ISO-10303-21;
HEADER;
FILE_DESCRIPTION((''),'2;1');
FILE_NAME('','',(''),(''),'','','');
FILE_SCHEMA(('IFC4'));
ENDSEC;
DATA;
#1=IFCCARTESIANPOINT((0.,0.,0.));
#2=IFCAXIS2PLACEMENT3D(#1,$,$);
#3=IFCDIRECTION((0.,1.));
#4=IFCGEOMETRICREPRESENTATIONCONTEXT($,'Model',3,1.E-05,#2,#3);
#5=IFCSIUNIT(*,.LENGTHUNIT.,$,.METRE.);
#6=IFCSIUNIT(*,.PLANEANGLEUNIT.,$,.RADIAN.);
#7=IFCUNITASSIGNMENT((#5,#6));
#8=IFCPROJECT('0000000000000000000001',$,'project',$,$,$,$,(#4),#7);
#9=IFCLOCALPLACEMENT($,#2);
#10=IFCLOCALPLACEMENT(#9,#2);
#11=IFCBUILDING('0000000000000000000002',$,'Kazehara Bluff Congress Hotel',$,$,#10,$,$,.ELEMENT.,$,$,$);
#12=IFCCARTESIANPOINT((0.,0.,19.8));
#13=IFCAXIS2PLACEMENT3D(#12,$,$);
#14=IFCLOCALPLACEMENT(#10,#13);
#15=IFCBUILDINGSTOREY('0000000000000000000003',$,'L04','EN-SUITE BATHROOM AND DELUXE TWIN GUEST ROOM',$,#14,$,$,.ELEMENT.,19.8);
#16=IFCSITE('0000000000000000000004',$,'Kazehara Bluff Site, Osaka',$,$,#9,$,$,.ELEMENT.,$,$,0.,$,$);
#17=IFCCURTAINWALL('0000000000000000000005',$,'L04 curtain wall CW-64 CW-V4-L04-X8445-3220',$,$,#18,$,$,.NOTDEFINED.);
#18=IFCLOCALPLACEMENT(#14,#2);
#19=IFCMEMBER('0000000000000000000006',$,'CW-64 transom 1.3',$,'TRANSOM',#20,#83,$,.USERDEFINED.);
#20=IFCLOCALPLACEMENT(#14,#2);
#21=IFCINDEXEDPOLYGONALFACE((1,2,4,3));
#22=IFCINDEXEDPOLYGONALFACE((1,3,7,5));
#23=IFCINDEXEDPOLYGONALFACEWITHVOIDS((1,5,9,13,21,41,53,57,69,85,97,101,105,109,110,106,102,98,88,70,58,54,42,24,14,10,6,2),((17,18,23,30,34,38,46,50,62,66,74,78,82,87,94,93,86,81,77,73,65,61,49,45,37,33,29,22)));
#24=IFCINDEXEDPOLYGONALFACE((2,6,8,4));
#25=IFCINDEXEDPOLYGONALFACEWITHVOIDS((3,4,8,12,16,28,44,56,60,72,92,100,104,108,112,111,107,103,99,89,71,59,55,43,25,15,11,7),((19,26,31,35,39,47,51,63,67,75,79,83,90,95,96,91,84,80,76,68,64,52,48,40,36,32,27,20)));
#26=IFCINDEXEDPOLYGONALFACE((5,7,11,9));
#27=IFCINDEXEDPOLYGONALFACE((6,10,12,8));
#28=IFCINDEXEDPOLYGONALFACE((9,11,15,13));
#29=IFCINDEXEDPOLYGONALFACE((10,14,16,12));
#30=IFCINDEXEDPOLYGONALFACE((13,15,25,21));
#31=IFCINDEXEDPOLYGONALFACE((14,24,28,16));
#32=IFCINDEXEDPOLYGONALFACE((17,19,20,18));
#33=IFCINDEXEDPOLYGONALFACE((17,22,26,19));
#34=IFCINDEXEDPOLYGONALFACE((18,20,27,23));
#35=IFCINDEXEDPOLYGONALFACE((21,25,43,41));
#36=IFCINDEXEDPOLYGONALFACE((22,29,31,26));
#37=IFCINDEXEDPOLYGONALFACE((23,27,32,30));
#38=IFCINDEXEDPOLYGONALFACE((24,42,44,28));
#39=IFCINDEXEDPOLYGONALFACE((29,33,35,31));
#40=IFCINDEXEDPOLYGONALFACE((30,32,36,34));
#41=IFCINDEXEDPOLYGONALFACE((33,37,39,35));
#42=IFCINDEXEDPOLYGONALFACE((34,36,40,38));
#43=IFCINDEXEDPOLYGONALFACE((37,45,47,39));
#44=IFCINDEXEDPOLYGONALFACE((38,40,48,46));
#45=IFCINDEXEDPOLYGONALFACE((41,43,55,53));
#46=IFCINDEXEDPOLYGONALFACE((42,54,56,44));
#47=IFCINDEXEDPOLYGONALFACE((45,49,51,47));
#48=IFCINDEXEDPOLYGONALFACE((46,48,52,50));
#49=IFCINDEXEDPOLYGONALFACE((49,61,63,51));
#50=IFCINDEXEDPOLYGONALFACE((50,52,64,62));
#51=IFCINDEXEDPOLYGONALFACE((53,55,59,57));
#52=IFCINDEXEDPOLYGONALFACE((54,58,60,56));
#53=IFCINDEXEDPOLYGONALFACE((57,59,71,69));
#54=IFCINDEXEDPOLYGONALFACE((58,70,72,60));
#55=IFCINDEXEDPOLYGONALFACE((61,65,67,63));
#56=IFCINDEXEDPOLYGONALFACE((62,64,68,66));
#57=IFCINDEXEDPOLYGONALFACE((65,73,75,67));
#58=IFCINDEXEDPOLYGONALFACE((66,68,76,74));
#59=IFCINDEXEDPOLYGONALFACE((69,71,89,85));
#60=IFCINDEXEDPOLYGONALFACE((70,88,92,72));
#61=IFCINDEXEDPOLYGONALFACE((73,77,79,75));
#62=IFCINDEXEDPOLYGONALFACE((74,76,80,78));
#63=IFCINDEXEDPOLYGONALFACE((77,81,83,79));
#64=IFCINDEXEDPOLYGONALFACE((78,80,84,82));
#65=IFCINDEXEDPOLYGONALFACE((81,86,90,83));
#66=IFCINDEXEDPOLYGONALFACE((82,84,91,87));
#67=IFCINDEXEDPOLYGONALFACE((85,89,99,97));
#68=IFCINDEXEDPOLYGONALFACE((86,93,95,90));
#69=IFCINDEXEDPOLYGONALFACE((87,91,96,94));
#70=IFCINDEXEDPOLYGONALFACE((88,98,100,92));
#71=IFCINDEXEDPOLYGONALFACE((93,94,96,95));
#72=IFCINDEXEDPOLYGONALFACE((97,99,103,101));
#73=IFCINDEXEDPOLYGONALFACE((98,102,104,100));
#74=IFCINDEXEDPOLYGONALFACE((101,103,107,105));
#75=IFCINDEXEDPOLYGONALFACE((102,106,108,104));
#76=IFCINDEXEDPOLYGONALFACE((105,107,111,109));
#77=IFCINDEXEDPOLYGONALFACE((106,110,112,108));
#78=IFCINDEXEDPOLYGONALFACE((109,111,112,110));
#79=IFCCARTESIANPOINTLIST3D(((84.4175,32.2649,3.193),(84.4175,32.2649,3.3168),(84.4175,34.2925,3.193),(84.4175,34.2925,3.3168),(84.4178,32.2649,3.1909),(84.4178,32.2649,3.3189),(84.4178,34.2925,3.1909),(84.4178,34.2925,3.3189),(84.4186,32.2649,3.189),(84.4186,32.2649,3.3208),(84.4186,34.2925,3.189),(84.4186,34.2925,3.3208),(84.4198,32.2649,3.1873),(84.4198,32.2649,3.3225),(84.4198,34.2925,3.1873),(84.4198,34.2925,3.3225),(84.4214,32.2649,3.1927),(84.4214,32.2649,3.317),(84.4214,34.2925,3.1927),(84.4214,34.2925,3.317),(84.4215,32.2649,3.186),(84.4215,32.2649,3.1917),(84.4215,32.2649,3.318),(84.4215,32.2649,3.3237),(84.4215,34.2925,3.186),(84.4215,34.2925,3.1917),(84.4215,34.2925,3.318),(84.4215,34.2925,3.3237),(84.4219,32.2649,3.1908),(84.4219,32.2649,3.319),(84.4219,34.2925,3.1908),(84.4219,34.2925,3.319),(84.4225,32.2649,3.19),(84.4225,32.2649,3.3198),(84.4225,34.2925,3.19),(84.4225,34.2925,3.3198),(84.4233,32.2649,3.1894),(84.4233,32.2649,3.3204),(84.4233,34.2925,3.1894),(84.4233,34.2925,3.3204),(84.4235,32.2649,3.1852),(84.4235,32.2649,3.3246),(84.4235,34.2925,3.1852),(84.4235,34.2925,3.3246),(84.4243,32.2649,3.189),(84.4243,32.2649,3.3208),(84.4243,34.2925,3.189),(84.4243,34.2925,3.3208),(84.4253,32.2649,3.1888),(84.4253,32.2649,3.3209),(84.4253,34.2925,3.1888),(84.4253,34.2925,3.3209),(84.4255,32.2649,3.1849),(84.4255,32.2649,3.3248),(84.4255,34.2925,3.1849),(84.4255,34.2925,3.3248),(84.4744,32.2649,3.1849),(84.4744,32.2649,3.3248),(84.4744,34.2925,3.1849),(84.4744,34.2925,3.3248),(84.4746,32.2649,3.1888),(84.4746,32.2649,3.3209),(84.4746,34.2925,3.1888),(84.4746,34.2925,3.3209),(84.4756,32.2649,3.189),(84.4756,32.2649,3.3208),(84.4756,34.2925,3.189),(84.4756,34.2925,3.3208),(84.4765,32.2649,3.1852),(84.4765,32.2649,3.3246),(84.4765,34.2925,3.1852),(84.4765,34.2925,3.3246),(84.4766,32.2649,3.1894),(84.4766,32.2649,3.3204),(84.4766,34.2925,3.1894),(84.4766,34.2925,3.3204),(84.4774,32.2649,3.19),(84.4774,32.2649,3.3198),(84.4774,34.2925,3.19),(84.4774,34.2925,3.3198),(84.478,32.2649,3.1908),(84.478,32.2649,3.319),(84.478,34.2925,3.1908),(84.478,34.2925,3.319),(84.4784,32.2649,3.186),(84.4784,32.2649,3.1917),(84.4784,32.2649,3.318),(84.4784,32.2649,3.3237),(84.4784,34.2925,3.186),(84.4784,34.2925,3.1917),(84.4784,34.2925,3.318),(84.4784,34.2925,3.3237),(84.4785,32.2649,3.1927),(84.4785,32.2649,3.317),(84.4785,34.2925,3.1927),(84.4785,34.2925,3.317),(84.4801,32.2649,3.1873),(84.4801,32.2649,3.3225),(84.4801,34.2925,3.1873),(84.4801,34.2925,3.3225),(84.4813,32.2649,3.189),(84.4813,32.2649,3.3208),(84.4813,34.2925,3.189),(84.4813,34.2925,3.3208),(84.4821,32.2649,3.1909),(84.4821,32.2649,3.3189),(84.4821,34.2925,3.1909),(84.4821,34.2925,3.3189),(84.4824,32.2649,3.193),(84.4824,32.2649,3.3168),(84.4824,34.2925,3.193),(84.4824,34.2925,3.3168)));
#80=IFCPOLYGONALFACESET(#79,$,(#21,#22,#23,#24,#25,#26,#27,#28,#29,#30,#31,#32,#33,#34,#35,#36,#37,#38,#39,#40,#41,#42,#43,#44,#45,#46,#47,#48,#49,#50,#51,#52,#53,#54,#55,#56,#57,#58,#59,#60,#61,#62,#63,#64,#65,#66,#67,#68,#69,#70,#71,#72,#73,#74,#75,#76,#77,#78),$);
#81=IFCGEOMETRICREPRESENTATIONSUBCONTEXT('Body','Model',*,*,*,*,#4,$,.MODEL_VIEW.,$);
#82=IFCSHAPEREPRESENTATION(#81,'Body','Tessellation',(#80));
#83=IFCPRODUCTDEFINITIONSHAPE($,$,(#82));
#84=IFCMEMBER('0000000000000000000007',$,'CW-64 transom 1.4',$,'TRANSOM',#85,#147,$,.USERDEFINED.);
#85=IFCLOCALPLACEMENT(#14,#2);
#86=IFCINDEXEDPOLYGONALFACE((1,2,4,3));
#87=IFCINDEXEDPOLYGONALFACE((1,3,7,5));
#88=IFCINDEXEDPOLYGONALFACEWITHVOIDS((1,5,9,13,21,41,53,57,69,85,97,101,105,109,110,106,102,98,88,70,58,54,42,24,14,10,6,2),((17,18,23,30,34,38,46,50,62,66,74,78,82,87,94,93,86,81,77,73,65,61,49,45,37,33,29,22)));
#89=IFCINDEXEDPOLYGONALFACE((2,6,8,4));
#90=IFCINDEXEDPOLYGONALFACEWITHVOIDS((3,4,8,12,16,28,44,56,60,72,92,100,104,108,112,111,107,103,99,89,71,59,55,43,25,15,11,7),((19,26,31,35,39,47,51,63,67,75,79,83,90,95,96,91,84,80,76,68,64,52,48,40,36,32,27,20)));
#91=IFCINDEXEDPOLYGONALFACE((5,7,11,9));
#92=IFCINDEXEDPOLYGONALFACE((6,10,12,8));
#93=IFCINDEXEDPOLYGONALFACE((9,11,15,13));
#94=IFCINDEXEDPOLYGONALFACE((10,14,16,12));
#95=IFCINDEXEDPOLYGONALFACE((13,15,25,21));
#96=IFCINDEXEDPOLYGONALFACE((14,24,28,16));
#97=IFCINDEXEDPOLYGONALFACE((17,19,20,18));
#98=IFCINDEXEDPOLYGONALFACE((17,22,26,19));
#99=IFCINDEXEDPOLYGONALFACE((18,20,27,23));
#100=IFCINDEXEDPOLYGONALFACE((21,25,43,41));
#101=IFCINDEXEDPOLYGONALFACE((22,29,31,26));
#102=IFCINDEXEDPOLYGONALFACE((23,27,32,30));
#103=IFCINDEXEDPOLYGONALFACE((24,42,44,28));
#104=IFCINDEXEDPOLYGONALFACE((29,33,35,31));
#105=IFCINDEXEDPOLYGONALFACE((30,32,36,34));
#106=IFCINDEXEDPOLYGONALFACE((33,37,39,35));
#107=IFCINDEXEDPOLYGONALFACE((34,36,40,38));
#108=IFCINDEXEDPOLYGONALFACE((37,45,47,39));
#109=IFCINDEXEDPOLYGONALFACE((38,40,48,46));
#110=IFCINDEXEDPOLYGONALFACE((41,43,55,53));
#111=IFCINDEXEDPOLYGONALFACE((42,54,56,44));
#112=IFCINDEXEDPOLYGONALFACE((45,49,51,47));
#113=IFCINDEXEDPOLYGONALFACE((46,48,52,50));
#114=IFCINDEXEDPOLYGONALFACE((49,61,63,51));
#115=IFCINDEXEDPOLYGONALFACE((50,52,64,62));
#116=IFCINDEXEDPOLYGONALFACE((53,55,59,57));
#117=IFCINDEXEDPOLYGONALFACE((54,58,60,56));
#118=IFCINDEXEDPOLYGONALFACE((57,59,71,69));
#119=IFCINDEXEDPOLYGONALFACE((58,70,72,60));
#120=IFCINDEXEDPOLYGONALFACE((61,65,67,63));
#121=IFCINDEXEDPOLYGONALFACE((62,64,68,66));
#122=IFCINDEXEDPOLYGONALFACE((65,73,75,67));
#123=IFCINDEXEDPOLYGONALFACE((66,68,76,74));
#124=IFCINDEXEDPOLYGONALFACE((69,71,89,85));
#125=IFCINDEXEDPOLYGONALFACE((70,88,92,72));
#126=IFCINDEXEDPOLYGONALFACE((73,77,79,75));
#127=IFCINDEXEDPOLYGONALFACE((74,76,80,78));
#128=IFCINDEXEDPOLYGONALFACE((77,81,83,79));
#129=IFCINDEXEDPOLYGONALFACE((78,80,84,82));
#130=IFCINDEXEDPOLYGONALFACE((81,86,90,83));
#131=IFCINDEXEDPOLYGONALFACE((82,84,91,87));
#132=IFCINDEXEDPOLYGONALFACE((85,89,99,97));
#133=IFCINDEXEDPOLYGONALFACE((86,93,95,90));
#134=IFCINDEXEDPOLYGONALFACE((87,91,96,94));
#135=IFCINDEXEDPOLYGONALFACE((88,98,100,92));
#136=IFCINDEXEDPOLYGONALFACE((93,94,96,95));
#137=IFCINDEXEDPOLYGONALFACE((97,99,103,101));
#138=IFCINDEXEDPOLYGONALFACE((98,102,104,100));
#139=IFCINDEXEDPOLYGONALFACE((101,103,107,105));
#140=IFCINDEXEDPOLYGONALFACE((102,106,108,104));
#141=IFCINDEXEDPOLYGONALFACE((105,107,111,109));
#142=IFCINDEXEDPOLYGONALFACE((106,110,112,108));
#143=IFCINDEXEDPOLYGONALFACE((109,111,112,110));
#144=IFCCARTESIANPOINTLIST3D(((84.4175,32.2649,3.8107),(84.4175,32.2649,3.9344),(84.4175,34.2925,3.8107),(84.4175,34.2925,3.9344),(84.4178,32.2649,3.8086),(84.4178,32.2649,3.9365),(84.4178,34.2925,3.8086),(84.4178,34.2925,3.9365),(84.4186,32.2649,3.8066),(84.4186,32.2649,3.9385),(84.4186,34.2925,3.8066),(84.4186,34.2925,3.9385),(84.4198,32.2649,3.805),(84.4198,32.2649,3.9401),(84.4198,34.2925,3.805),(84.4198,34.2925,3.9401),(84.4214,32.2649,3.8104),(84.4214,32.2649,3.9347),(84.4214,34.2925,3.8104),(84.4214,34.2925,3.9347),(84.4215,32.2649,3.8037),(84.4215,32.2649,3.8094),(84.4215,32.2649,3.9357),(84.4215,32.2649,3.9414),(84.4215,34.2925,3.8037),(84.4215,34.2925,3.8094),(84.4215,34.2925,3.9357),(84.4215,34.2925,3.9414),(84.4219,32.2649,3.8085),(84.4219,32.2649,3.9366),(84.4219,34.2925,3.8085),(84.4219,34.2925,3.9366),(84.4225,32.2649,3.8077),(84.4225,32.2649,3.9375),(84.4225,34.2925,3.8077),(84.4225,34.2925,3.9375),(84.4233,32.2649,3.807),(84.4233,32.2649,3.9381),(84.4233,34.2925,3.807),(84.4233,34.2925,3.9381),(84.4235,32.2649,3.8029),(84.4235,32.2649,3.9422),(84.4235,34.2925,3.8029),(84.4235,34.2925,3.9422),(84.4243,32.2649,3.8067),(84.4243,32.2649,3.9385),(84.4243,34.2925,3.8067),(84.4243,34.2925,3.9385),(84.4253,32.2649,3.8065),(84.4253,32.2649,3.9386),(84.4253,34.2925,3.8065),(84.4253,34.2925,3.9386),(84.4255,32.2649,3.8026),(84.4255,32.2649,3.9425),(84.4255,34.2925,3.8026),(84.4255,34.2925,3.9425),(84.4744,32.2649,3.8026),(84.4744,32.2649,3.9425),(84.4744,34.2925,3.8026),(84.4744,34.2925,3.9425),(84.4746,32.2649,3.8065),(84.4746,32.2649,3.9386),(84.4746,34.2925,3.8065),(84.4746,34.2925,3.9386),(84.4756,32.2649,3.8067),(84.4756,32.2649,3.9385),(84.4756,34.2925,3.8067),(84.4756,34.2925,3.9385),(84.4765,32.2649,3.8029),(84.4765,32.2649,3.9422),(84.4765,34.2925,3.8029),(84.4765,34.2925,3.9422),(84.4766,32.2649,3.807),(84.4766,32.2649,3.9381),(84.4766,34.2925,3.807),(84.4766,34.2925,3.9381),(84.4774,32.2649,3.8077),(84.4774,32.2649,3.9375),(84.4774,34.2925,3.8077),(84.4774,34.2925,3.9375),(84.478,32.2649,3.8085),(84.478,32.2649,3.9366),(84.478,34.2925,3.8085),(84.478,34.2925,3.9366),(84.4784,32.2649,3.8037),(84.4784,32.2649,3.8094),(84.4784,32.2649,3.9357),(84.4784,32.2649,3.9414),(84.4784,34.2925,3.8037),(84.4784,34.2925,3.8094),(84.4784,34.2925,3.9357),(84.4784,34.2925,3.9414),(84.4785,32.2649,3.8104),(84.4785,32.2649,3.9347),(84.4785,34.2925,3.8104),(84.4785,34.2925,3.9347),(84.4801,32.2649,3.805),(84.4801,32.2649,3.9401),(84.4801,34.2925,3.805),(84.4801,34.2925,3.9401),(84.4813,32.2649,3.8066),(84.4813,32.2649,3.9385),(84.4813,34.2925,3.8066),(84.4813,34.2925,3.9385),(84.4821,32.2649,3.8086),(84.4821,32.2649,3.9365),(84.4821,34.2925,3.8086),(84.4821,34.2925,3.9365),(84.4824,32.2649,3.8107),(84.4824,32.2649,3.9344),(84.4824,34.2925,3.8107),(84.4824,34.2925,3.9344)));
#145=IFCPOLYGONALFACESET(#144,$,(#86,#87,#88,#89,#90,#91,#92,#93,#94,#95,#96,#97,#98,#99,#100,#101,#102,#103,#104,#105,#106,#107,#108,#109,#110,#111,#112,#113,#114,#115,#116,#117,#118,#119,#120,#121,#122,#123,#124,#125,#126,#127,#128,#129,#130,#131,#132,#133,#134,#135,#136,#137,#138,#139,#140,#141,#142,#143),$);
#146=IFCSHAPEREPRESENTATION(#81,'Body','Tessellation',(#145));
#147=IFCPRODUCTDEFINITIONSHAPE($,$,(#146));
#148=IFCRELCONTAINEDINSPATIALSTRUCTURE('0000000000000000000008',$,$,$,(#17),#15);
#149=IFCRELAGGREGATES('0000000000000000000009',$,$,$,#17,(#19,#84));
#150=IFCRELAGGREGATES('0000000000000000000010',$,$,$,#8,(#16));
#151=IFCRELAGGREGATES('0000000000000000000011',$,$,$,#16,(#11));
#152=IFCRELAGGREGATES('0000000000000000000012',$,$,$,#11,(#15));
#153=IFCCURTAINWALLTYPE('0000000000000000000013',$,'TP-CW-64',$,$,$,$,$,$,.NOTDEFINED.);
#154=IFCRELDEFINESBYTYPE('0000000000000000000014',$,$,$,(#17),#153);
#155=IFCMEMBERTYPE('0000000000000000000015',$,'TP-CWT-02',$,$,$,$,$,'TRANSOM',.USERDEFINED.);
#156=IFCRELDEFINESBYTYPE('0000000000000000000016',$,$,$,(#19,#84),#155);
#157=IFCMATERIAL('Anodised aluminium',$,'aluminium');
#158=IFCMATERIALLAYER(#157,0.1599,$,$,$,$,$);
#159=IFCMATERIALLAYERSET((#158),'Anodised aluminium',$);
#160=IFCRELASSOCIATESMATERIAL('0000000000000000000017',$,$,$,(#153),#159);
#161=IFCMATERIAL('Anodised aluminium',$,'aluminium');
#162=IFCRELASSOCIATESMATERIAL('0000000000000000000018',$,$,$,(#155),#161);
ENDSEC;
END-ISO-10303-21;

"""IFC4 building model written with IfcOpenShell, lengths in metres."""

from ifc_helpers import new_model, si_unit, direction, frame, origin, origin_2d, place, context, subcontext, project, spatial, hollow_rectangle, extrude, material, layer, layer_set, material_profile, profile_set, type_object, element, aggregate, save


model = new_model("IFC4")

# Units and contexts
model_context = context("Model", 3, precision=1e-05, world=origin(), true_north=direction((0.0, 1.0)))
body_context = subcontext(model_context, "Body", "Model", "MODEL_VIEW")
ifc_project = project(units=[si_unit("LENGTHUNIT", "METRE"), si_unit("PLANEANGLEUNIT", "RADIAN")], contexts=[model_context])

# Site, building, storey
site_placement = place(None, origin())
site = spatial("IfcSite", under=ifc_project, at=site_placement, Name="Kazehara Bluff Site, Osaka", CompositionType="ELEMENT", RefElevation=0.0)
building_placement = place(site_placement, origin())
building = spatial("IfcBuilding", under=site, at=building_placement, Name="Kazehara Bluff Congress Hotel", CompositionType="ELEMENT")
storey_placement = place(building_placement, frame((0.0, 0.0, 19.8)))
storey = spatial("IfcBuildingStorey", under=building, at=storey_placement, Name="L04", Description="EN-SUITE BATHROOM AND DELUXE TWIN GUEST ROOM", CompositionType="ELEMENT", Elevation=19.8)

# Curtain wall
ifc_material_1 = material(Name="Anodised aluminium", Category="aluminium")
ifc_layer_1 = layer(ifc_material_1, 0.1599)
ifc_layer_set_1 = layer_set([ifc_layer_1], Name="Anodised aluminium")
curtain_wall_type_1 = type_object("IfcCurtainWallType", Name="TP-CW-64", PredefinedType="NOTDEFINED", material=ifc_layer_set_1)
curtain_wall_1_placement = place(storey_placement, origin())
curtain_wall_1 = element("IfcCurtainWall", 1, at=curtain_wall_1_placement, inside=storey, type_object=curtain_wall_type_1, Name="L04 curtain wall CW-64 CW-V4-L04-X8445-3220", PredefinedType="NOTDEFINED")

# Members
ifc_material_2 = material(Name="Anodised aluminium", Category="aluminium")
ifc_material_profile_1 = material_profile(ifc_material_2, hollow_rectangle(XDim=0.0649, YDim=0.1399, WallThickness=0.0039, InnerFilletRadius=0.0039, OuterFilletRadius=0.0081, at=origin_2d()))
ifc_profile_set_1 = profile_set([ifc_material_profile_1], Name="Anodised aluminium")
member_type_1 = type_object("IfcMemberType", Name="TP-CWT-02", ElementType="TRANSOM", PredefinedType="USERDEFINED", material=ifc_profile_set_1)
member_1_placement = place(storey_placement, frame((84.45, 32.2649, 3.2549), z_axis=(0.0, 1.0, 0.0), x_axis=(-1.0, 0.0, 0.0)))
member_1 = element("IfcMember", 2, at=member_1_placement, type_object=member_type_1, Name="CW-64 transom 1.3", ObjectType="TRANSOM", PredefinedType="USERDEFINED", context=body_context, shape_type="SweptSolid", body=[
    extrude(hollow_rectangle(XDim=0.0649, YDim=0.1399, WallThickness=0.0039, InnerFilletRadius=0.0039, OuterFilletRadius=0.0081, at=origin_2d()), origin(), (0.0, 0.0, 1.0), 2.0276),
])
member_2_placement = place(storey_placement, frame((84.45, 32.2649, 3.8726), z_axis=(0.0, 1.0, 0.0), x_axis=(-1.0, 0.0, 0.0)))
member_2 = element("IfcMember", 3, at=member_2_placement, type_object=member_type_1, Name="CW-64 transom 1.4", ObjectType="TRANSOM", PredefinedType="USERDEFINED", context=body_context, shape_type="SweptSolid", body=[
    extrude(hollow_rectangle(XDim=0.0649, YDim=0.1399, WallThickness=0.0039, InnerFilletRadius=0.0039, OuterFilletRadius=0.0081, at=origin_2d()), origin(), (0.0, 0.0, 1.0), 2.0276),
])

aggregate(curtain_wall_1, [member_1, member_2])

save(model, "model.ifc")
